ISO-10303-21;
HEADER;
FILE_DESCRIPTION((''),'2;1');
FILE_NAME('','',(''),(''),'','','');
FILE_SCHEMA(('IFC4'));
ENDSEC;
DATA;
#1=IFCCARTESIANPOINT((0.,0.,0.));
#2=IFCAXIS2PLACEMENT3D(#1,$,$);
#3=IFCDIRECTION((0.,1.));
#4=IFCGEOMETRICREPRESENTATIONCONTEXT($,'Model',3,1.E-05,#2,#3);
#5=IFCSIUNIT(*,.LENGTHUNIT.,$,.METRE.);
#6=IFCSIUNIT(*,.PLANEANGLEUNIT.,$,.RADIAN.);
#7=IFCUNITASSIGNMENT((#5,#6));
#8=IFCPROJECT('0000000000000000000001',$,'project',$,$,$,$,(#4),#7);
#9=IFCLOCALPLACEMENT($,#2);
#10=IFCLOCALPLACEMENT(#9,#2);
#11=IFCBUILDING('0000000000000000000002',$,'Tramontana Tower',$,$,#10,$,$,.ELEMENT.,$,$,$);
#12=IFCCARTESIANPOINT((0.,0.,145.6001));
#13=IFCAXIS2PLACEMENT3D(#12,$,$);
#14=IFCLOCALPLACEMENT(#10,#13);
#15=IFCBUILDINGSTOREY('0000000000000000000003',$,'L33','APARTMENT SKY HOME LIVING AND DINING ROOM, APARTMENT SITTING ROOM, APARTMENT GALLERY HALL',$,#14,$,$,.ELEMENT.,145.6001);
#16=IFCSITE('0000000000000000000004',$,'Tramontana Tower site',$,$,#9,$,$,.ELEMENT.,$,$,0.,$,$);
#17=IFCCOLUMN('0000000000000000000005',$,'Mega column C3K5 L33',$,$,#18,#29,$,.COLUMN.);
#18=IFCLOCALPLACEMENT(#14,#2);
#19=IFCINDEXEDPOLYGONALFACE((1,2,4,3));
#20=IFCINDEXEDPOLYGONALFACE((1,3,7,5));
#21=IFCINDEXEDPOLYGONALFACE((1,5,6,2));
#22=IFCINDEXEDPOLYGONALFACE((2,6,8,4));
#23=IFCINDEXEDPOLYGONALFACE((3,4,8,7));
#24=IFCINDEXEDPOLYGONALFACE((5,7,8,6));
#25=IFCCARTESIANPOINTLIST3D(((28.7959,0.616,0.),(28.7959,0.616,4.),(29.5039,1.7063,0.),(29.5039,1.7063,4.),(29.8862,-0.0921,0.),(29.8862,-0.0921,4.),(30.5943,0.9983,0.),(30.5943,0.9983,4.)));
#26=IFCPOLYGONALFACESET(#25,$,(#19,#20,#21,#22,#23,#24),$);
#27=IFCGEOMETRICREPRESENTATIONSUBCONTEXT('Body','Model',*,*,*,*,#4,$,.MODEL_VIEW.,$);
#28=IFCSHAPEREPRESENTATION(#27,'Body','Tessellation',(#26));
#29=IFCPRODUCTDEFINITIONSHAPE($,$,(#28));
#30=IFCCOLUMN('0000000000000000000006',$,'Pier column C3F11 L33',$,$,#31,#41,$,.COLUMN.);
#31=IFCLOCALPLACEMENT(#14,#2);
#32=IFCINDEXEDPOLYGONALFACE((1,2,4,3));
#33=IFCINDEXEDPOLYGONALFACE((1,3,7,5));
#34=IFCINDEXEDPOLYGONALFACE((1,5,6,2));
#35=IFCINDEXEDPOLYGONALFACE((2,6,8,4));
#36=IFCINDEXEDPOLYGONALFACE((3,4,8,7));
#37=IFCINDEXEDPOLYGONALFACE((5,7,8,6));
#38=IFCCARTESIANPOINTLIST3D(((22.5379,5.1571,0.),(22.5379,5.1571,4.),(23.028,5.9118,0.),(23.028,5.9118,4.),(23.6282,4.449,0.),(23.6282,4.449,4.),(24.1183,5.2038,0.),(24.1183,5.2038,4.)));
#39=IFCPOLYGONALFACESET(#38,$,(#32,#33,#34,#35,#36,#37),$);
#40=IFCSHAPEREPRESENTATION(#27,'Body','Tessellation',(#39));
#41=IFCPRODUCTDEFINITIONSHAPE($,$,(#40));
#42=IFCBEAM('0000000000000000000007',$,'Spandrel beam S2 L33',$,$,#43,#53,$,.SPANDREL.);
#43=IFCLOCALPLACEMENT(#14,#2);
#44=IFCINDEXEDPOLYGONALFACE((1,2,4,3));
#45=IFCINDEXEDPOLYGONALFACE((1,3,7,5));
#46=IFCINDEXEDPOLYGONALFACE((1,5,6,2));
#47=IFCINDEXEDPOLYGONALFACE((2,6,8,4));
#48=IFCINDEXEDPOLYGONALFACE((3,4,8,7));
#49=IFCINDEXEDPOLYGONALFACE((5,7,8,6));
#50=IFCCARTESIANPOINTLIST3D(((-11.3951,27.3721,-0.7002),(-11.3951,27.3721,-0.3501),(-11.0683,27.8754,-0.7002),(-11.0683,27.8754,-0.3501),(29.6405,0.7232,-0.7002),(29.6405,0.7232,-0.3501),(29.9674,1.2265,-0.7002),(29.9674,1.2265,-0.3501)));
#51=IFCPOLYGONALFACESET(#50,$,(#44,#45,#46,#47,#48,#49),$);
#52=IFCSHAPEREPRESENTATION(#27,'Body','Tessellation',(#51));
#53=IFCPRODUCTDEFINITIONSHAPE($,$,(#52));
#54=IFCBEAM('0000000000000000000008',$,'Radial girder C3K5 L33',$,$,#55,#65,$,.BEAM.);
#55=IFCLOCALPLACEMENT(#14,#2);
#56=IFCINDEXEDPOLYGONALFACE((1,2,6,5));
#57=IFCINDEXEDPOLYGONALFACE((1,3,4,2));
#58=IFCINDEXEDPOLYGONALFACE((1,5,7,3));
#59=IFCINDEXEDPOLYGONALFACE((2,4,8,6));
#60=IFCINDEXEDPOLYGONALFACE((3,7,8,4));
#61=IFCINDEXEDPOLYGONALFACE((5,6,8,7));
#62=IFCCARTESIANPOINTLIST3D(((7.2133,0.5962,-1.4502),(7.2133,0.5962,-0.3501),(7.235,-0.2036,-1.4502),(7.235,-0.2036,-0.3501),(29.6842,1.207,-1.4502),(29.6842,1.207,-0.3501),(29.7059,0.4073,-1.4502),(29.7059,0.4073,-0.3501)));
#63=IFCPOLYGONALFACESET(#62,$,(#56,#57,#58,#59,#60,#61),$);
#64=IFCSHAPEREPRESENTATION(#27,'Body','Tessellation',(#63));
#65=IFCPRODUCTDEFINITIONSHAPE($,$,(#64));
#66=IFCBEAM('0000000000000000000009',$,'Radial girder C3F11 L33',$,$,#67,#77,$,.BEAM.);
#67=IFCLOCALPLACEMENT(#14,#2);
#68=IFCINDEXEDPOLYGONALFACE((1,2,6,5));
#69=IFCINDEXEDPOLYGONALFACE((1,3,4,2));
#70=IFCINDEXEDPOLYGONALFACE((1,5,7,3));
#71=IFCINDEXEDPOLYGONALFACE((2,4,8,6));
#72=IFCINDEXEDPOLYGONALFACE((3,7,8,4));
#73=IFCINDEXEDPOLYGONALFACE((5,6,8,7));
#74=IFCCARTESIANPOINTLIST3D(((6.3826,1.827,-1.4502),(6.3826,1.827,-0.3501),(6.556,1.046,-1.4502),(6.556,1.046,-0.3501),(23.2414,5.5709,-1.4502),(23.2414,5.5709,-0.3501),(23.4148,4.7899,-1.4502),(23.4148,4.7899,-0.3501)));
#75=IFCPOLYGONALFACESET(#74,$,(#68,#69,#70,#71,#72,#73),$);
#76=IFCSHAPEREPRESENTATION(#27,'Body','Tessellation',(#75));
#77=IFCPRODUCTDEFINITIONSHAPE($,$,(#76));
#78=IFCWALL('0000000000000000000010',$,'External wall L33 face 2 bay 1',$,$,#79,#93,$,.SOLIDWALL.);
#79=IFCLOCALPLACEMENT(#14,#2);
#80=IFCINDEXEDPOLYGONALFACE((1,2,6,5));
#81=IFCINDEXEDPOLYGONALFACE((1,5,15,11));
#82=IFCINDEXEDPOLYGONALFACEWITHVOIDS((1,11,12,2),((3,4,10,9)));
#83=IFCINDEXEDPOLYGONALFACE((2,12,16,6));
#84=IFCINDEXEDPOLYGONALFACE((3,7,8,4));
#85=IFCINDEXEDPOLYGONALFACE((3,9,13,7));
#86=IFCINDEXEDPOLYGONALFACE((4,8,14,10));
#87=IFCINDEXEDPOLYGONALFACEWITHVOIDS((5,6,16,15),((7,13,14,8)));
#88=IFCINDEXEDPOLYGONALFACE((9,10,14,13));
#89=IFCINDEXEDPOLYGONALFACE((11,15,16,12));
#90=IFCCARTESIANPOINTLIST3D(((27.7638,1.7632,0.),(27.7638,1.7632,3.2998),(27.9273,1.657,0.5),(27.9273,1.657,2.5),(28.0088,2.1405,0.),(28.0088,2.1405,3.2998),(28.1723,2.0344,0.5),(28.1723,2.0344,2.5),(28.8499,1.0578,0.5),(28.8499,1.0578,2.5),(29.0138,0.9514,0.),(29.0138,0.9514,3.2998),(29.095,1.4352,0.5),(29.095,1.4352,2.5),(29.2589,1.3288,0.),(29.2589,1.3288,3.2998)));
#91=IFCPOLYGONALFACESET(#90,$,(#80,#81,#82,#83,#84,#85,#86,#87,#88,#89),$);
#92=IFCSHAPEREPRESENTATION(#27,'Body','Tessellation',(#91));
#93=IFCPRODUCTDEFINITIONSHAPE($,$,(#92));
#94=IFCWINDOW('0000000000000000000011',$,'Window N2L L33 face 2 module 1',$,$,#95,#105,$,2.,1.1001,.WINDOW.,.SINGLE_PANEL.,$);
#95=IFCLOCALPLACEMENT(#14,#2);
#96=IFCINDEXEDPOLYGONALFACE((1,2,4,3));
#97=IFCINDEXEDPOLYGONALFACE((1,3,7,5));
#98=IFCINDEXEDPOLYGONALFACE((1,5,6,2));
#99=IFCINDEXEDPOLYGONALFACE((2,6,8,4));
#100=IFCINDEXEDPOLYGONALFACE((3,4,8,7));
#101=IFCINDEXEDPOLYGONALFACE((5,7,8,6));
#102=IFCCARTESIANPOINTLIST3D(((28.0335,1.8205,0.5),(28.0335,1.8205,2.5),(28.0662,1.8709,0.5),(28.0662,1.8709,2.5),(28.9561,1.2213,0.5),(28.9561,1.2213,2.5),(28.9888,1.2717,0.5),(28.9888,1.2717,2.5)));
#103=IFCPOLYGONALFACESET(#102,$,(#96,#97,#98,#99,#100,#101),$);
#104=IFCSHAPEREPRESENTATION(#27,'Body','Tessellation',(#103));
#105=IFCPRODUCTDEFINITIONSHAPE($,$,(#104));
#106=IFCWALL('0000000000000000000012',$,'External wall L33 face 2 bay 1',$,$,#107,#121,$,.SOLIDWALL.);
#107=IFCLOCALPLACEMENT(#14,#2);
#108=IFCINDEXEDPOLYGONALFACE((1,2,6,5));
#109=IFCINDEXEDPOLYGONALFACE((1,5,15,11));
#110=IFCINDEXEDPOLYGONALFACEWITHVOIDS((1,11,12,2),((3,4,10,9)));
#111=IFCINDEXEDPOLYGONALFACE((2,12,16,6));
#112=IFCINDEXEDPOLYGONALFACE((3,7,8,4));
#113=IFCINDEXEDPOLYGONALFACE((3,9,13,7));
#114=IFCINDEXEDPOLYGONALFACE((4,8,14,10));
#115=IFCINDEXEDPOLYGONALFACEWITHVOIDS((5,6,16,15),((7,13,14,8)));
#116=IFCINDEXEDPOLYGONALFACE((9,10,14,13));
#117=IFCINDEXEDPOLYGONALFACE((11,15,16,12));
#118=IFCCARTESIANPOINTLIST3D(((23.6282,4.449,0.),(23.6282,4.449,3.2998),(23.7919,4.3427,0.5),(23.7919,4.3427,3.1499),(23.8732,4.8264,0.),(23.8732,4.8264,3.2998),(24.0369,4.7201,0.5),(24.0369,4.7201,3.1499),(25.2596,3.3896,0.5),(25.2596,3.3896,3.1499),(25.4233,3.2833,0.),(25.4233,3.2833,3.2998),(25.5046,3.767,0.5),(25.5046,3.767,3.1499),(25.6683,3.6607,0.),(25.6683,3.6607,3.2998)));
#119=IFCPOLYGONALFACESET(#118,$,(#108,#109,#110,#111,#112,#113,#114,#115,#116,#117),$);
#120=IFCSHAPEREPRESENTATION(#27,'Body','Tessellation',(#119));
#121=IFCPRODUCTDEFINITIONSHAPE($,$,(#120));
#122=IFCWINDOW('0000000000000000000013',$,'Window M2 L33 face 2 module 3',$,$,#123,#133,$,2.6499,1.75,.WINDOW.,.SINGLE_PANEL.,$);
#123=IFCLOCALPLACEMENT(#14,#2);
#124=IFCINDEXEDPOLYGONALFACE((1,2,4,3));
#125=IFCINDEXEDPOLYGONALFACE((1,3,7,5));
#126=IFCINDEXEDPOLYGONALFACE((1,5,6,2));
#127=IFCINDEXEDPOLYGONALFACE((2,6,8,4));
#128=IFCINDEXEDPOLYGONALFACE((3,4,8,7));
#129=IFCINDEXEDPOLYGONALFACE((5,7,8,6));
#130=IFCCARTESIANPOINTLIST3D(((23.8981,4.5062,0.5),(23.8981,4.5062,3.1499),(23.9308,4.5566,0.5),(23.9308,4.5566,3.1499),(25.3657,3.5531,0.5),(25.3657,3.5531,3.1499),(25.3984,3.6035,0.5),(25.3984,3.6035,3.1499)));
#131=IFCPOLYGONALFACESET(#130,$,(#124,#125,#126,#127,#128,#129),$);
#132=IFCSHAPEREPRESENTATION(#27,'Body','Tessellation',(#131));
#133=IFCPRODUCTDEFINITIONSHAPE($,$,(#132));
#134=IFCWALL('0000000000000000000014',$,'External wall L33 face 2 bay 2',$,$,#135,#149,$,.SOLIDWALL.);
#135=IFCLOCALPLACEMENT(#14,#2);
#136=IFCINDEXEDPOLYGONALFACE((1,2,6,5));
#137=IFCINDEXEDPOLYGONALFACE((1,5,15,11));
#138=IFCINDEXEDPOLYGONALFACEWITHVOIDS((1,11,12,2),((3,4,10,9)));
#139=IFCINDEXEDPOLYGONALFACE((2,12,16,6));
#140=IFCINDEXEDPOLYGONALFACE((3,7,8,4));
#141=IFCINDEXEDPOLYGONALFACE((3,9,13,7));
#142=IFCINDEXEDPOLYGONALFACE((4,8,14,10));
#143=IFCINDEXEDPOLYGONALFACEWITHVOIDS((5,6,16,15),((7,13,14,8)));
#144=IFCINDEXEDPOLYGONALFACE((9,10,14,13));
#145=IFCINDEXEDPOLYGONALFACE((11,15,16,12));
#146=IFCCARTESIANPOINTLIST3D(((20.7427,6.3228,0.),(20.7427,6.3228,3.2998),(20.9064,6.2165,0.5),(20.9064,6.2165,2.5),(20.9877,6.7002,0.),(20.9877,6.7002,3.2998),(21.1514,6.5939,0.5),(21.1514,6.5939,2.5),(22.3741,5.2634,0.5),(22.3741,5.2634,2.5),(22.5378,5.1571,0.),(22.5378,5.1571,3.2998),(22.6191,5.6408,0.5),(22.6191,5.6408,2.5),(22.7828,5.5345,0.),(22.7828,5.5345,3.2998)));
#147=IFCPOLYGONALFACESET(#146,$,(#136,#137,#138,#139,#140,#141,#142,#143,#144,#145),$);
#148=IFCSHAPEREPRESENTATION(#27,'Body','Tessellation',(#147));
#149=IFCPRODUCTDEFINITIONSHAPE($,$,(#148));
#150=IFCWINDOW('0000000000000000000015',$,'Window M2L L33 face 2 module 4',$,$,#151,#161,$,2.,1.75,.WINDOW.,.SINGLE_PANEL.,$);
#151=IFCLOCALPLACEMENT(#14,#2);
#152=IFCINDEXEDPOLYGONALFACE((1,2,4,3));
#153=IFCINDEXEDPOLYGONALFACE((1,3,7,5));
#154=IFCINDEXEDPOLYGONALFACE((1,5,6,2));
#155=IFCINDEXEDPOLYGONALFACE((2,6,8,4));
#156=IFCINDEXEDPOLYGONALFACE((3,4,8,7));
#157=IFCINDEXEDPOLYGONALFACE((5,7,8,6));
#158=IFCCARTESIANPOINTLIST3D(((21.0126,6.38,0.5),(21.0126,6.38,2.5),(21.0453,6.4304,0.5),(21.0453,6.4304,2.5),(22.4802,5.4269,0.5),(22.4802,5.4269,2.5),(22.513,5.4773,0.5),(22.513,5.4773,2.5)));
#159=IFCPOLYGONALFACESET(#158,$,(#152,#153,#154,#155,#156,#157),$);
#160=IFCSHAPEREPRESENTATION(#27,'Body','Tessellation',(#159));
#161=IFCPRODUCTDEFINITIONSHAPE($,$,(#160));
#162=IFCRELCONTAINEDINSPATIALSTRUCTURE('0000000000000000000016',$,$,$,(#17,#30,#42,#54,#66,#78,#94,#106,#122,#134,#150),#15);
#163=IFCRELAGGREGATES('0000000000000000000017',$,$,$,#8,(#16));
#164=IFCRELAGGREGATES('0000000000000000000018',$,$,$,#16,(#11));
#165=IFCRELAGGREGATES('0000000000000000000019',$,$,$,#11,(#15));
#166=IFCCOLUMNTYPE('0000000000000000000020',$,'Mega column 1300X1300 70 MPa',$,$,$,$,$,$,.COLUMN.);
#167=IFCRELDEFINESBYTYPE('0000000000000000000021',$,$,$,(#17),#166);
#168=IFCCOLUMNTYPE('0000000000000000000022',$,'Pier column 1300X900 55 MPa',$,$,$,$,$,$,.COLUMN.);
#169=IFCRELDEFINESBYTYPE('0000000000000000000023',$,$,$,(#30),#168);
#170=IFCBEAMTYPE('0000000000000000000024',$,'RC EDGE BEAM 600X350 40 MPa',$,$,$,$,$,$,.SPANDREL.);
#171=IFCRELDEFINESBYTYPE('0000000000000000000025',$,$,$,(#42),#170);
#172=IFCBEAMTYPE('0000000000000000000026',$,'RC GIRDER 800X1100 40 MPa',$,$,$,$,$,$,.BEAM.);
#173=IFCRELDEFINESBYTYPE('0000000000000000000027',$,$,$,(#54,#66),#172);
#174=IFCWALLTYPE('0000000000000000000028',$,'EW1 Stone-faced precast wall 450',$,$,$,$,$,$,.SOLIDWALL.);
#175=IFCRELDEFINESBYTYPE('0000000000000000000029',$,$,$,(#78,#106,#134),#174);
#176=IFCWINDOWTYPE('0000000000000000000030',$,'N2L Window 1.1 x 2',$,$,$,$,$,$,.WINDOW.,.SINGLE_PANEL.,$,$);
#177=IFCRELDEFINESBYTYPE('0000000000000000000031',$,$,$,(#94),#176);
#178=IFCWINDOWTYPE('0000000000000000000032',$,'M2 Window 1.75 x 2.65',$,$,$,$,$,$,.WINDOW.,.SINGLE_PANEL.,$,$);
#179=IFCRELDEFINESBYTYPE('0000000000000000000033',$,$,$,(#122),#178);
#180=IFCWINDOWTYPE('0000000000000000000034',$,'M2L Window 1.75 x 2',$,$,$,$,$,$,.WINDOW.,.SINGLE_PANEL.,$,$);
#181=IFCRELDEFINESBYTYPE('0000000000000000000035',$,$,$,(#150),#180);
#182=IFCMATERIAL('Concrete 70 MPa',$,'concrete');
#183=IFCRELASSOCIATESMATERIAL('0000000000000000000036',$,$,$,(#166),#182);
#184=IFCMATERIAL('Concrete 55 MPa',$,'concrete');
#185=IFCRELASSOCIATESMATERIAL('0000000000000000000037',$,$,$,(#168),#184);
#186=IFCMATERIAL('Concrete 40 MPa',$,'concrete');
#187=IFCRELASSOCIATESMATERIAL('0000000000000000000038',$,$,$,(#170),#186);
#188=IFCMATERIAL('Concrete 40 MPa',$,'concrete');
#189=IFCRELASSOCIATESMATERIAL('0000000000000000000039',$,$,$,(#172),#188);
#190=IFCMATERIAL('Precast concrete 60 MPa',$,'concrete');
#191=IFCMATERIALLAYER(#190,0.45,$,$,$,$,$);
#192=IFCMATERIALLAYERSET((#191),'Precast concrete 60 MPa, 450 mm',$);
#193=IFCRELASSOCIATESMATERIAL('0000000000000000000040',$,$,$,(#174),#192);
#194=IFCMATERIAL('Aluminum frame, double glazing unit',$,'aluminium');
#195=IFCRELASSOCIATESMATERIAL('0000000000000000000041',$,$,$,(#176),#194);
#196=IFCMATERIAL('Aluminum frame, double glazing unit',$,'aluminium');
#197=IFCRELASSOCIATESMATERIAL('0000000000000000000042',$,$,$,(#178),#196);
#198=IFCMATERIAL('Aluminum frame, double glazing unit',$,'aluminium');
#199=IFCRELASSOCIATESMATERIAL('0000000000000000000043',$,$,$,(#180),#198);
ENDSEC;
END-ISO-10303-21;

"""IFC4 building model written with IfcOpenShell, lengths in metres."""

from ifc_helpers import new_model, si_unit, direction, frame, frame_2d, origin, origin_2d, place, context, subcontext, project, spatial, rectangle, extrude, material, layer, layer_set, material_profile, profile_set, type_object, element, fill, save


model = new_model("IFC4")

# Units and contexts
model_context = context("Model", 3, precision=1e-05, world=origin(), true_north=direction((0.0, 1.0)))
body_context = subcontext(model_context, "Body", "Model", "MODEL_VIEW")
ifc_project = project(units=[si_unit("LENGTHUNIT", "METRE"), si_unit("PLANEANGLEUNIT", "RADIAN")], contexts=[model_context])

# Site, building, storey
site_placement = place(None, origin())
site = spatial("IfcSite", under=ifc_project, at=site_placement, Name="Tramontana Tower site", CompositionType="ELEMENT", RefElevation=0.0)
building_placement = place(site_placement, origin())
building = spatial("IfcBuilding", under=site, at=building_placement, Name="Tramontana Tower", CompositionType="ELEMENT")
storey_placement = place(building_placement, frame((0.0, 0.0, 145.6001)))
storey = spatial("IfcBuildingStorey", under=building, at=storey_placement, Name="L33", Description="APARTMENT SKY HOME LIVING AND DINING ROOM, APARTMENT SITTING ROOM, APARTMENT GALLERY HALL", CompositionType="ELEMENT", Elevation=145.6001)

# Columns
ifc_material_1 = material(Name="Concrete 70 MPa", Category="concrete")
ifc_material_profile_1 = material_profile(ifc_material_1, rectangle(XDim=1.3, YDim=1.3, at=origin_2d()), Name="Mega column 1300X1300 70 MPa")
ifc_profile_set_1 = profile_set([ifc_material_profile_1], Name="Concrete 70 MPa")
column_type_1 = type_object("IfcColumnType", Name="Mega column 1300X1300 70 MPa", PredefinedType="COLUMN", material=ifc_profile_set_1)
column_1_placement = place(storey_placement, frame((29.6951, 0.8071, 0.0), z_axis=(0.0, 0.0, 1.0), x_axis=(-0.838671, 0.544639, 0.0)))
element("IfcColumn", 1, at=column_1_placement, inside=storey, type_object=column_type_1, Name="Mega column C3K5 L33", PredefinedType="COLUMN", context=body_context, shape_type="SweptSolid", body=[
    extrude(rectangle(XDim=1.3, YDim=1.3, at=origin_2d()), origin(), (0.0, 0.0, 1.0), 4.0),
])
ifc_material_2 = material(Name="Concrete 55 MPa", Category="concrete")
ifc_material_profile_2 = material_profile(ifc_material_2, rectangle(XDim=1.3, YDim=0.8999, at=origin_2d()), Name="Pier column 1300X900 55 MPa")
ifc_profile_set_2 = profile_set([ifc_material_profile_2], Name="Concrete 55 MPa")
column_type_2 = type_object("IfcColumnType", Name="Pier column 1300X900 55 MPa", PredefinedType="COLUMN", material=ifc_profile_set_2)
column_2_placement = place(storey_placement, frame((23.3281, 5.1804, 0.0), z_axis=(0.0, 0.0, 1.0), x_axis=(-0.838671, 0.544639, 0.0)))
element("IfcColumn", 2, at=column_2_placement, inside=storey, type_object=column_type_2, Name="Pier column C3F11 L33", PredefinedType="COLUMN", context=body_context, shape_type="SweptSolid", body=[
    extrude(rectangle(XDim=1.3, YDim=0.8999, at=origin_2d()), origin(), (0.0, 0.0, 1.0), 4.0),
])

# Beams
ifc_material_3 = material(Name="Concrete 40 MPa", Category="concrete")
ifc_material_profile_3 = material_profile(ifc_material_3, rectangle(XDim=0.6001, YDim=0.3501, at=origin_2d()), Name="RC EDGE BEAM 600X350 40 MPa")
ifc_profile_set_3 = profile_set([ifc_material_profile_3], Name="Concrete 40 MPa")
beam_type_1 = type_object("IfcBeamType", Name="RC EDGE BEAM 600X350 40 MPa", PredefinedType="SPANDREL", material=ifc_profile_set_3)
beam_1_placement = place(storey_placement, frame((29.804, 0.9749, -0.5251), z_axis=(-0.83867, 0.54464, 0.0), x_axis=(-0.54464, -0.83867, 0.0)))
element("IfcBeam", 3, at=beam_1_placement, inside=storey, type_object=beam_type_1, Name="Spandrel beam S2 L33", PredefinedType="SPANDREL", context=body_context, shape_type="SweptSolid", body=[
    extrude(rectangle(XDim=0.6001, YDim=0.3501, at=origin_2d()), origin(), (0.0, 0.0, 1.0), 48.9294),
])
ifc_material_4 = material(Name="Concrete 40 MPa", Category="concrete")
ifc_material_profile_4 = material_profile(ifc_material_4, rectangle(XDim=0.8, YDim=1.1001, at=origin_2d()), Name="RC GIRDER 800X1100 40 MPa")
ifc_profile_set_4 = profile_set([ifc_material_profile_4], Name="Concrete 40 MPa")
beam_type_2 = type_object("IfcBeamType", Name="RC GIRDER 800X1100 40 MPa", PredefinedType="BEAM", material=ifc_profile_set_4)
beam_2_placement = place(storey_placement, frame((29.6951, 0.8071, -0.9001), z_axis=(-0.999631, -0.027173, 0.0), x_axis=(0.027173, -0.999631, 0.0)))
element("IfcBeam", 4, at=beam_2_placement, inside=storey, type_object=beam_type_2, Name="Radial girder C3K5 L33", PredefinedType="BEAM", context=body_context, shape_type="SweptSolid", body=[
    extrude(rectangle(XDim=0.8, YDim=1.1001, at=origin_2d()), origin(), (0.0, 0.0, 1.0), 22.4792),
])
beam_3_placement = place(storey_placement, frame((23.3281, 5.1804, -0.9001), z_axis=(-0.976218, -0.216791, 0.0), x_axis=(0.216791, -0.976218, 0.0)))
element("IfcBeam", 5, at=beam_3_placement, inside=storey, type_object=beam_type_2, Name="Radial girder C3F11 L33", PredefinedType="BEAM", context=body_context, shape_type="SweptSolid", body=[
    extrude(rectangle(XDim=0.8, YDim=1.1001, at=origin_2d()), origin(), (0.0, 0.0, 1.0), 17.2695),
])

# Walls, openings, windows
ifc_material_5 = material(Name="Precast concrete 60 MPa", Category="concrete")
ifc_layer_1 = layer(ifc_material_5, 0.45)
ifc_layer_set_1 = layer_set([ifc_layer_1], Name="Precast concrete 60 MPa, 450 mm")
wall_type_1 = type_object("IfcWallType", Name="EW1 Stone-faced precast wall 450", PredefinedType="SOLIDWALL", material=ifc_layer_set_1)
wall_1_placement = place(storey_placement, frame((29.1362, 1.1401, 0.0), z_axis=(0.0, 0.0, 1.0), x_axis=(-0.838668, 0.544643, 0.0)))
wall_1 = element("IfcWall", 6, at=wall_1_placement, inside=storey, type_object=wall_type_1, Name="External wall L33 face 2 bay 1", PredefinedType="SOLIDWALL", context=body_context, shape_type="SweptSolid", body=[
    extrude(rectangle(XDim=1.4905, YDim=0.45, at=frame_2d((0.7451, 0.0))), origin(), (0.0, 0.0, 1.0), 3.2998),
])
opening_1_placement = place(wall_1_placement, frame((0.1953, 0.0, 0.5)))
opening_1 = element("IfcOpeningElement", 7, at=opening_1_placement, cuts=wall_1, PredefinedType="OPENING", context=body_context, shape_type="SweptSolid", body=[
    extrude(rectangle(XDim=1.1001, YDim=2.0, at=frame_2d((0.55, 1.0))), frame((0.0, 0.2349, 0.0), z_axis=(0.0, -1.0, 0.0), x_axis=(1.0, 0.0, 0.0)), (0.0, 0.0, 1.0), 0.47),
])
ifc_material_6 = material(Name="Aluminum frame, double glazing unit", Category="aluminium")
window_type_1 = type_object("IfcWindowType", Name="N2L Window 1.1 x 2", PartitioningType="SINGLE_PANEL", PredefinedType="WINDOW", material=ifc_material_6)
window_1_placement = place(opening_1_placement, origin())
window_1 = element("IfcWindow", 8, at=window_1_placement, inside=storey, type_object=window_type_1, Name="Window N2L L33 face 2 module 1", OverallHeight=2.0, OverallWidth=1.1001, PartitioningType="SINGLE_PANEL", PredefinedType="WINDOW", context=body_context, shape_type="SweptSolid", body=[
    extrude(rectangle(XDim=1.1001, YDim=2.0, at=frame_2d((0.55, 1.0))), frame((0.0, 0.03, 0.0), z_axis=(0.0, -1.0, 0.0), x_axis=(1.0, 0.0, 0.0)), (0.0, 0.0, 1.0), 0.0601),
])
fill(opening_1, window_1)
wall_2_placement = place(storey_placement, frame((25.5459, 3.4719, 0.0), z_axis=(0.0, 0.0, 1.0), x_axis=(-0.838675, 0.544631, 0.0)))
wall_2 = element("IfcWall", 9, at=wall_2_placement, inside=storey, type_object=wall_type_1, Name="External wall L33 face 2 bay 1", PredefinedType="SOLIDWALL", context=body_context, shape_type="SweptSolid", body=[
    extrude(rectangle(XDim=2.1404, YDim=0.45, at=frame_2d((1.0703, 0.0))), origin(), (0.0, 0.0, 1.0), 3.2998),
])
opening_2_placement = place(wall_2_placement, frame((0.1953, 0.0, 0.5)))
opening_2 = element("IfcOpeningElement", 10, at=opening_2_placement, cuts=wall_2, PredefinedType="OPENING", context=body_context, shape_type="SweptSolid", body=[
    extrude(rectangle(XDim=1.75, YDim=2.6499, at=frame_2d((0.875, 1.325))), frame((0.0, 0.2349, 0.0), z_axis=(0.0, -1.0, 0.0), x_axis=(1.0, 0.0, 0.0)), (0.0, 0.0, 1.0), 0.47),
])
ifc_material_7 = material(Name="Aluminum frame, double glazing unit", Category="aluminium")
window_type_2 = type_object("IfcWindowType", Name="M2 Window 1.75 x 2.65", PartitioningType="SINGLE_PANEL", PredefinedType="WINDOW", material=ifc_material_7)
window_2_placement = place(opening_2_placement, origin())
window_2 = element("IfcWindow", 11, at=window_2_placement, inside=storey, type_object=window_type_2, Name="Window M2 L33 face 2 module 3", OverallHeight=2.6499, OverallWidth=1.75, PartitioningType="SINGLE_PANEL", PredefinedType="WINDOW", context=body_context, shape_type="SweptSolid", body=[
    extrude(rectangle(XDim=1.75, YDim=2.6499, at=frame_2d((0.875, 1.325))), frame((0.0, 0.03, 0.0), z_axis=(0.0, -1.0, 0.0), x_axis=(1.0, 0.0, 0.0)), (0.0, 0.0, 1.0), 0.0601),
])
fill(opening_2, window_2)
wall_3_placement = place(storey_placement, frame((22.6604, 5.3457, 0.0), z_axis=(0.0, 0.0, 1.0), x_axis=(-0.838675, 0.544631, 0.0)))
wall_3 = element("IfcWall", 12, at=wall_3_placement, inside=storey, type_object=wall_type_1, Name="External wall L33 face 2 bay 2", PredefinedType="SOLIDWALL", context=body_context, shape_type="SweptSolid", body=[
    extrude(rectangle(XDim=2.1404, YDim=0.45, at=frame_2d((1.0703, 0.0))), origin(), (0.0, 0.0, 1.0), 3.2998),
])
opening_3_placement = place(wall_3_placement, frame((0.1953, 0.0, 0.5)))
opening_3 = element("IfcOpeningElement", 13, at=opening_3_placement, cuts=wall_3, PredefinedType="OPENING", context=body_context, shape_type="SweptSolid", body=[
    extrude(rectangle(XDim=1.75, YDim=2.0, at=frame_2d((0.875, 1.0))), frame((0.0, 0.2349, 0.0), z_axis=(0.0, -1.0, 0.0), x_axis=(1.0, 0.0, 0.0)), (0.0, 0.0, 1.0), 0.47),
])
ifc_material_8 = material(Name="Aluminum frame, double glazing unit", Category="aluminium")
window_type_3 = type_object("IfcWindowType", Name="M2L Window 1.75 x 2", PartitioningType="SINGLE_PANEL", PredefinedType="WINDOW", material=ifc_material_8)
window_3_placement = place(opening_3_placement, origin())
window_3 = element("IfcWindow", 14, at=window_3_placement, inside=storey, type_object=window_type_3, Name="Window M2L L33 face 2 module 4", OverallHeight=2.0, OverallWidth=1.75, PartitioningType="SINGLE_PANEL", PredefinedType="WINDOW", context=body_context, shape_type="SweptSolid", body=[
    extrude(rectangle(XDim=1.75, YDim=2.0, at=frame_2d((0.875, 1.0))), frame((0.0, 0.03, 0.0), z_axis=(0.0, -1.0, 0.0), x_axis=(1.0, 0.0, 0.0)), (0.0, 0.0, 1.0), 0.0601),
])
fill(opening_3, window_3)

save(model, "model.ifc")
